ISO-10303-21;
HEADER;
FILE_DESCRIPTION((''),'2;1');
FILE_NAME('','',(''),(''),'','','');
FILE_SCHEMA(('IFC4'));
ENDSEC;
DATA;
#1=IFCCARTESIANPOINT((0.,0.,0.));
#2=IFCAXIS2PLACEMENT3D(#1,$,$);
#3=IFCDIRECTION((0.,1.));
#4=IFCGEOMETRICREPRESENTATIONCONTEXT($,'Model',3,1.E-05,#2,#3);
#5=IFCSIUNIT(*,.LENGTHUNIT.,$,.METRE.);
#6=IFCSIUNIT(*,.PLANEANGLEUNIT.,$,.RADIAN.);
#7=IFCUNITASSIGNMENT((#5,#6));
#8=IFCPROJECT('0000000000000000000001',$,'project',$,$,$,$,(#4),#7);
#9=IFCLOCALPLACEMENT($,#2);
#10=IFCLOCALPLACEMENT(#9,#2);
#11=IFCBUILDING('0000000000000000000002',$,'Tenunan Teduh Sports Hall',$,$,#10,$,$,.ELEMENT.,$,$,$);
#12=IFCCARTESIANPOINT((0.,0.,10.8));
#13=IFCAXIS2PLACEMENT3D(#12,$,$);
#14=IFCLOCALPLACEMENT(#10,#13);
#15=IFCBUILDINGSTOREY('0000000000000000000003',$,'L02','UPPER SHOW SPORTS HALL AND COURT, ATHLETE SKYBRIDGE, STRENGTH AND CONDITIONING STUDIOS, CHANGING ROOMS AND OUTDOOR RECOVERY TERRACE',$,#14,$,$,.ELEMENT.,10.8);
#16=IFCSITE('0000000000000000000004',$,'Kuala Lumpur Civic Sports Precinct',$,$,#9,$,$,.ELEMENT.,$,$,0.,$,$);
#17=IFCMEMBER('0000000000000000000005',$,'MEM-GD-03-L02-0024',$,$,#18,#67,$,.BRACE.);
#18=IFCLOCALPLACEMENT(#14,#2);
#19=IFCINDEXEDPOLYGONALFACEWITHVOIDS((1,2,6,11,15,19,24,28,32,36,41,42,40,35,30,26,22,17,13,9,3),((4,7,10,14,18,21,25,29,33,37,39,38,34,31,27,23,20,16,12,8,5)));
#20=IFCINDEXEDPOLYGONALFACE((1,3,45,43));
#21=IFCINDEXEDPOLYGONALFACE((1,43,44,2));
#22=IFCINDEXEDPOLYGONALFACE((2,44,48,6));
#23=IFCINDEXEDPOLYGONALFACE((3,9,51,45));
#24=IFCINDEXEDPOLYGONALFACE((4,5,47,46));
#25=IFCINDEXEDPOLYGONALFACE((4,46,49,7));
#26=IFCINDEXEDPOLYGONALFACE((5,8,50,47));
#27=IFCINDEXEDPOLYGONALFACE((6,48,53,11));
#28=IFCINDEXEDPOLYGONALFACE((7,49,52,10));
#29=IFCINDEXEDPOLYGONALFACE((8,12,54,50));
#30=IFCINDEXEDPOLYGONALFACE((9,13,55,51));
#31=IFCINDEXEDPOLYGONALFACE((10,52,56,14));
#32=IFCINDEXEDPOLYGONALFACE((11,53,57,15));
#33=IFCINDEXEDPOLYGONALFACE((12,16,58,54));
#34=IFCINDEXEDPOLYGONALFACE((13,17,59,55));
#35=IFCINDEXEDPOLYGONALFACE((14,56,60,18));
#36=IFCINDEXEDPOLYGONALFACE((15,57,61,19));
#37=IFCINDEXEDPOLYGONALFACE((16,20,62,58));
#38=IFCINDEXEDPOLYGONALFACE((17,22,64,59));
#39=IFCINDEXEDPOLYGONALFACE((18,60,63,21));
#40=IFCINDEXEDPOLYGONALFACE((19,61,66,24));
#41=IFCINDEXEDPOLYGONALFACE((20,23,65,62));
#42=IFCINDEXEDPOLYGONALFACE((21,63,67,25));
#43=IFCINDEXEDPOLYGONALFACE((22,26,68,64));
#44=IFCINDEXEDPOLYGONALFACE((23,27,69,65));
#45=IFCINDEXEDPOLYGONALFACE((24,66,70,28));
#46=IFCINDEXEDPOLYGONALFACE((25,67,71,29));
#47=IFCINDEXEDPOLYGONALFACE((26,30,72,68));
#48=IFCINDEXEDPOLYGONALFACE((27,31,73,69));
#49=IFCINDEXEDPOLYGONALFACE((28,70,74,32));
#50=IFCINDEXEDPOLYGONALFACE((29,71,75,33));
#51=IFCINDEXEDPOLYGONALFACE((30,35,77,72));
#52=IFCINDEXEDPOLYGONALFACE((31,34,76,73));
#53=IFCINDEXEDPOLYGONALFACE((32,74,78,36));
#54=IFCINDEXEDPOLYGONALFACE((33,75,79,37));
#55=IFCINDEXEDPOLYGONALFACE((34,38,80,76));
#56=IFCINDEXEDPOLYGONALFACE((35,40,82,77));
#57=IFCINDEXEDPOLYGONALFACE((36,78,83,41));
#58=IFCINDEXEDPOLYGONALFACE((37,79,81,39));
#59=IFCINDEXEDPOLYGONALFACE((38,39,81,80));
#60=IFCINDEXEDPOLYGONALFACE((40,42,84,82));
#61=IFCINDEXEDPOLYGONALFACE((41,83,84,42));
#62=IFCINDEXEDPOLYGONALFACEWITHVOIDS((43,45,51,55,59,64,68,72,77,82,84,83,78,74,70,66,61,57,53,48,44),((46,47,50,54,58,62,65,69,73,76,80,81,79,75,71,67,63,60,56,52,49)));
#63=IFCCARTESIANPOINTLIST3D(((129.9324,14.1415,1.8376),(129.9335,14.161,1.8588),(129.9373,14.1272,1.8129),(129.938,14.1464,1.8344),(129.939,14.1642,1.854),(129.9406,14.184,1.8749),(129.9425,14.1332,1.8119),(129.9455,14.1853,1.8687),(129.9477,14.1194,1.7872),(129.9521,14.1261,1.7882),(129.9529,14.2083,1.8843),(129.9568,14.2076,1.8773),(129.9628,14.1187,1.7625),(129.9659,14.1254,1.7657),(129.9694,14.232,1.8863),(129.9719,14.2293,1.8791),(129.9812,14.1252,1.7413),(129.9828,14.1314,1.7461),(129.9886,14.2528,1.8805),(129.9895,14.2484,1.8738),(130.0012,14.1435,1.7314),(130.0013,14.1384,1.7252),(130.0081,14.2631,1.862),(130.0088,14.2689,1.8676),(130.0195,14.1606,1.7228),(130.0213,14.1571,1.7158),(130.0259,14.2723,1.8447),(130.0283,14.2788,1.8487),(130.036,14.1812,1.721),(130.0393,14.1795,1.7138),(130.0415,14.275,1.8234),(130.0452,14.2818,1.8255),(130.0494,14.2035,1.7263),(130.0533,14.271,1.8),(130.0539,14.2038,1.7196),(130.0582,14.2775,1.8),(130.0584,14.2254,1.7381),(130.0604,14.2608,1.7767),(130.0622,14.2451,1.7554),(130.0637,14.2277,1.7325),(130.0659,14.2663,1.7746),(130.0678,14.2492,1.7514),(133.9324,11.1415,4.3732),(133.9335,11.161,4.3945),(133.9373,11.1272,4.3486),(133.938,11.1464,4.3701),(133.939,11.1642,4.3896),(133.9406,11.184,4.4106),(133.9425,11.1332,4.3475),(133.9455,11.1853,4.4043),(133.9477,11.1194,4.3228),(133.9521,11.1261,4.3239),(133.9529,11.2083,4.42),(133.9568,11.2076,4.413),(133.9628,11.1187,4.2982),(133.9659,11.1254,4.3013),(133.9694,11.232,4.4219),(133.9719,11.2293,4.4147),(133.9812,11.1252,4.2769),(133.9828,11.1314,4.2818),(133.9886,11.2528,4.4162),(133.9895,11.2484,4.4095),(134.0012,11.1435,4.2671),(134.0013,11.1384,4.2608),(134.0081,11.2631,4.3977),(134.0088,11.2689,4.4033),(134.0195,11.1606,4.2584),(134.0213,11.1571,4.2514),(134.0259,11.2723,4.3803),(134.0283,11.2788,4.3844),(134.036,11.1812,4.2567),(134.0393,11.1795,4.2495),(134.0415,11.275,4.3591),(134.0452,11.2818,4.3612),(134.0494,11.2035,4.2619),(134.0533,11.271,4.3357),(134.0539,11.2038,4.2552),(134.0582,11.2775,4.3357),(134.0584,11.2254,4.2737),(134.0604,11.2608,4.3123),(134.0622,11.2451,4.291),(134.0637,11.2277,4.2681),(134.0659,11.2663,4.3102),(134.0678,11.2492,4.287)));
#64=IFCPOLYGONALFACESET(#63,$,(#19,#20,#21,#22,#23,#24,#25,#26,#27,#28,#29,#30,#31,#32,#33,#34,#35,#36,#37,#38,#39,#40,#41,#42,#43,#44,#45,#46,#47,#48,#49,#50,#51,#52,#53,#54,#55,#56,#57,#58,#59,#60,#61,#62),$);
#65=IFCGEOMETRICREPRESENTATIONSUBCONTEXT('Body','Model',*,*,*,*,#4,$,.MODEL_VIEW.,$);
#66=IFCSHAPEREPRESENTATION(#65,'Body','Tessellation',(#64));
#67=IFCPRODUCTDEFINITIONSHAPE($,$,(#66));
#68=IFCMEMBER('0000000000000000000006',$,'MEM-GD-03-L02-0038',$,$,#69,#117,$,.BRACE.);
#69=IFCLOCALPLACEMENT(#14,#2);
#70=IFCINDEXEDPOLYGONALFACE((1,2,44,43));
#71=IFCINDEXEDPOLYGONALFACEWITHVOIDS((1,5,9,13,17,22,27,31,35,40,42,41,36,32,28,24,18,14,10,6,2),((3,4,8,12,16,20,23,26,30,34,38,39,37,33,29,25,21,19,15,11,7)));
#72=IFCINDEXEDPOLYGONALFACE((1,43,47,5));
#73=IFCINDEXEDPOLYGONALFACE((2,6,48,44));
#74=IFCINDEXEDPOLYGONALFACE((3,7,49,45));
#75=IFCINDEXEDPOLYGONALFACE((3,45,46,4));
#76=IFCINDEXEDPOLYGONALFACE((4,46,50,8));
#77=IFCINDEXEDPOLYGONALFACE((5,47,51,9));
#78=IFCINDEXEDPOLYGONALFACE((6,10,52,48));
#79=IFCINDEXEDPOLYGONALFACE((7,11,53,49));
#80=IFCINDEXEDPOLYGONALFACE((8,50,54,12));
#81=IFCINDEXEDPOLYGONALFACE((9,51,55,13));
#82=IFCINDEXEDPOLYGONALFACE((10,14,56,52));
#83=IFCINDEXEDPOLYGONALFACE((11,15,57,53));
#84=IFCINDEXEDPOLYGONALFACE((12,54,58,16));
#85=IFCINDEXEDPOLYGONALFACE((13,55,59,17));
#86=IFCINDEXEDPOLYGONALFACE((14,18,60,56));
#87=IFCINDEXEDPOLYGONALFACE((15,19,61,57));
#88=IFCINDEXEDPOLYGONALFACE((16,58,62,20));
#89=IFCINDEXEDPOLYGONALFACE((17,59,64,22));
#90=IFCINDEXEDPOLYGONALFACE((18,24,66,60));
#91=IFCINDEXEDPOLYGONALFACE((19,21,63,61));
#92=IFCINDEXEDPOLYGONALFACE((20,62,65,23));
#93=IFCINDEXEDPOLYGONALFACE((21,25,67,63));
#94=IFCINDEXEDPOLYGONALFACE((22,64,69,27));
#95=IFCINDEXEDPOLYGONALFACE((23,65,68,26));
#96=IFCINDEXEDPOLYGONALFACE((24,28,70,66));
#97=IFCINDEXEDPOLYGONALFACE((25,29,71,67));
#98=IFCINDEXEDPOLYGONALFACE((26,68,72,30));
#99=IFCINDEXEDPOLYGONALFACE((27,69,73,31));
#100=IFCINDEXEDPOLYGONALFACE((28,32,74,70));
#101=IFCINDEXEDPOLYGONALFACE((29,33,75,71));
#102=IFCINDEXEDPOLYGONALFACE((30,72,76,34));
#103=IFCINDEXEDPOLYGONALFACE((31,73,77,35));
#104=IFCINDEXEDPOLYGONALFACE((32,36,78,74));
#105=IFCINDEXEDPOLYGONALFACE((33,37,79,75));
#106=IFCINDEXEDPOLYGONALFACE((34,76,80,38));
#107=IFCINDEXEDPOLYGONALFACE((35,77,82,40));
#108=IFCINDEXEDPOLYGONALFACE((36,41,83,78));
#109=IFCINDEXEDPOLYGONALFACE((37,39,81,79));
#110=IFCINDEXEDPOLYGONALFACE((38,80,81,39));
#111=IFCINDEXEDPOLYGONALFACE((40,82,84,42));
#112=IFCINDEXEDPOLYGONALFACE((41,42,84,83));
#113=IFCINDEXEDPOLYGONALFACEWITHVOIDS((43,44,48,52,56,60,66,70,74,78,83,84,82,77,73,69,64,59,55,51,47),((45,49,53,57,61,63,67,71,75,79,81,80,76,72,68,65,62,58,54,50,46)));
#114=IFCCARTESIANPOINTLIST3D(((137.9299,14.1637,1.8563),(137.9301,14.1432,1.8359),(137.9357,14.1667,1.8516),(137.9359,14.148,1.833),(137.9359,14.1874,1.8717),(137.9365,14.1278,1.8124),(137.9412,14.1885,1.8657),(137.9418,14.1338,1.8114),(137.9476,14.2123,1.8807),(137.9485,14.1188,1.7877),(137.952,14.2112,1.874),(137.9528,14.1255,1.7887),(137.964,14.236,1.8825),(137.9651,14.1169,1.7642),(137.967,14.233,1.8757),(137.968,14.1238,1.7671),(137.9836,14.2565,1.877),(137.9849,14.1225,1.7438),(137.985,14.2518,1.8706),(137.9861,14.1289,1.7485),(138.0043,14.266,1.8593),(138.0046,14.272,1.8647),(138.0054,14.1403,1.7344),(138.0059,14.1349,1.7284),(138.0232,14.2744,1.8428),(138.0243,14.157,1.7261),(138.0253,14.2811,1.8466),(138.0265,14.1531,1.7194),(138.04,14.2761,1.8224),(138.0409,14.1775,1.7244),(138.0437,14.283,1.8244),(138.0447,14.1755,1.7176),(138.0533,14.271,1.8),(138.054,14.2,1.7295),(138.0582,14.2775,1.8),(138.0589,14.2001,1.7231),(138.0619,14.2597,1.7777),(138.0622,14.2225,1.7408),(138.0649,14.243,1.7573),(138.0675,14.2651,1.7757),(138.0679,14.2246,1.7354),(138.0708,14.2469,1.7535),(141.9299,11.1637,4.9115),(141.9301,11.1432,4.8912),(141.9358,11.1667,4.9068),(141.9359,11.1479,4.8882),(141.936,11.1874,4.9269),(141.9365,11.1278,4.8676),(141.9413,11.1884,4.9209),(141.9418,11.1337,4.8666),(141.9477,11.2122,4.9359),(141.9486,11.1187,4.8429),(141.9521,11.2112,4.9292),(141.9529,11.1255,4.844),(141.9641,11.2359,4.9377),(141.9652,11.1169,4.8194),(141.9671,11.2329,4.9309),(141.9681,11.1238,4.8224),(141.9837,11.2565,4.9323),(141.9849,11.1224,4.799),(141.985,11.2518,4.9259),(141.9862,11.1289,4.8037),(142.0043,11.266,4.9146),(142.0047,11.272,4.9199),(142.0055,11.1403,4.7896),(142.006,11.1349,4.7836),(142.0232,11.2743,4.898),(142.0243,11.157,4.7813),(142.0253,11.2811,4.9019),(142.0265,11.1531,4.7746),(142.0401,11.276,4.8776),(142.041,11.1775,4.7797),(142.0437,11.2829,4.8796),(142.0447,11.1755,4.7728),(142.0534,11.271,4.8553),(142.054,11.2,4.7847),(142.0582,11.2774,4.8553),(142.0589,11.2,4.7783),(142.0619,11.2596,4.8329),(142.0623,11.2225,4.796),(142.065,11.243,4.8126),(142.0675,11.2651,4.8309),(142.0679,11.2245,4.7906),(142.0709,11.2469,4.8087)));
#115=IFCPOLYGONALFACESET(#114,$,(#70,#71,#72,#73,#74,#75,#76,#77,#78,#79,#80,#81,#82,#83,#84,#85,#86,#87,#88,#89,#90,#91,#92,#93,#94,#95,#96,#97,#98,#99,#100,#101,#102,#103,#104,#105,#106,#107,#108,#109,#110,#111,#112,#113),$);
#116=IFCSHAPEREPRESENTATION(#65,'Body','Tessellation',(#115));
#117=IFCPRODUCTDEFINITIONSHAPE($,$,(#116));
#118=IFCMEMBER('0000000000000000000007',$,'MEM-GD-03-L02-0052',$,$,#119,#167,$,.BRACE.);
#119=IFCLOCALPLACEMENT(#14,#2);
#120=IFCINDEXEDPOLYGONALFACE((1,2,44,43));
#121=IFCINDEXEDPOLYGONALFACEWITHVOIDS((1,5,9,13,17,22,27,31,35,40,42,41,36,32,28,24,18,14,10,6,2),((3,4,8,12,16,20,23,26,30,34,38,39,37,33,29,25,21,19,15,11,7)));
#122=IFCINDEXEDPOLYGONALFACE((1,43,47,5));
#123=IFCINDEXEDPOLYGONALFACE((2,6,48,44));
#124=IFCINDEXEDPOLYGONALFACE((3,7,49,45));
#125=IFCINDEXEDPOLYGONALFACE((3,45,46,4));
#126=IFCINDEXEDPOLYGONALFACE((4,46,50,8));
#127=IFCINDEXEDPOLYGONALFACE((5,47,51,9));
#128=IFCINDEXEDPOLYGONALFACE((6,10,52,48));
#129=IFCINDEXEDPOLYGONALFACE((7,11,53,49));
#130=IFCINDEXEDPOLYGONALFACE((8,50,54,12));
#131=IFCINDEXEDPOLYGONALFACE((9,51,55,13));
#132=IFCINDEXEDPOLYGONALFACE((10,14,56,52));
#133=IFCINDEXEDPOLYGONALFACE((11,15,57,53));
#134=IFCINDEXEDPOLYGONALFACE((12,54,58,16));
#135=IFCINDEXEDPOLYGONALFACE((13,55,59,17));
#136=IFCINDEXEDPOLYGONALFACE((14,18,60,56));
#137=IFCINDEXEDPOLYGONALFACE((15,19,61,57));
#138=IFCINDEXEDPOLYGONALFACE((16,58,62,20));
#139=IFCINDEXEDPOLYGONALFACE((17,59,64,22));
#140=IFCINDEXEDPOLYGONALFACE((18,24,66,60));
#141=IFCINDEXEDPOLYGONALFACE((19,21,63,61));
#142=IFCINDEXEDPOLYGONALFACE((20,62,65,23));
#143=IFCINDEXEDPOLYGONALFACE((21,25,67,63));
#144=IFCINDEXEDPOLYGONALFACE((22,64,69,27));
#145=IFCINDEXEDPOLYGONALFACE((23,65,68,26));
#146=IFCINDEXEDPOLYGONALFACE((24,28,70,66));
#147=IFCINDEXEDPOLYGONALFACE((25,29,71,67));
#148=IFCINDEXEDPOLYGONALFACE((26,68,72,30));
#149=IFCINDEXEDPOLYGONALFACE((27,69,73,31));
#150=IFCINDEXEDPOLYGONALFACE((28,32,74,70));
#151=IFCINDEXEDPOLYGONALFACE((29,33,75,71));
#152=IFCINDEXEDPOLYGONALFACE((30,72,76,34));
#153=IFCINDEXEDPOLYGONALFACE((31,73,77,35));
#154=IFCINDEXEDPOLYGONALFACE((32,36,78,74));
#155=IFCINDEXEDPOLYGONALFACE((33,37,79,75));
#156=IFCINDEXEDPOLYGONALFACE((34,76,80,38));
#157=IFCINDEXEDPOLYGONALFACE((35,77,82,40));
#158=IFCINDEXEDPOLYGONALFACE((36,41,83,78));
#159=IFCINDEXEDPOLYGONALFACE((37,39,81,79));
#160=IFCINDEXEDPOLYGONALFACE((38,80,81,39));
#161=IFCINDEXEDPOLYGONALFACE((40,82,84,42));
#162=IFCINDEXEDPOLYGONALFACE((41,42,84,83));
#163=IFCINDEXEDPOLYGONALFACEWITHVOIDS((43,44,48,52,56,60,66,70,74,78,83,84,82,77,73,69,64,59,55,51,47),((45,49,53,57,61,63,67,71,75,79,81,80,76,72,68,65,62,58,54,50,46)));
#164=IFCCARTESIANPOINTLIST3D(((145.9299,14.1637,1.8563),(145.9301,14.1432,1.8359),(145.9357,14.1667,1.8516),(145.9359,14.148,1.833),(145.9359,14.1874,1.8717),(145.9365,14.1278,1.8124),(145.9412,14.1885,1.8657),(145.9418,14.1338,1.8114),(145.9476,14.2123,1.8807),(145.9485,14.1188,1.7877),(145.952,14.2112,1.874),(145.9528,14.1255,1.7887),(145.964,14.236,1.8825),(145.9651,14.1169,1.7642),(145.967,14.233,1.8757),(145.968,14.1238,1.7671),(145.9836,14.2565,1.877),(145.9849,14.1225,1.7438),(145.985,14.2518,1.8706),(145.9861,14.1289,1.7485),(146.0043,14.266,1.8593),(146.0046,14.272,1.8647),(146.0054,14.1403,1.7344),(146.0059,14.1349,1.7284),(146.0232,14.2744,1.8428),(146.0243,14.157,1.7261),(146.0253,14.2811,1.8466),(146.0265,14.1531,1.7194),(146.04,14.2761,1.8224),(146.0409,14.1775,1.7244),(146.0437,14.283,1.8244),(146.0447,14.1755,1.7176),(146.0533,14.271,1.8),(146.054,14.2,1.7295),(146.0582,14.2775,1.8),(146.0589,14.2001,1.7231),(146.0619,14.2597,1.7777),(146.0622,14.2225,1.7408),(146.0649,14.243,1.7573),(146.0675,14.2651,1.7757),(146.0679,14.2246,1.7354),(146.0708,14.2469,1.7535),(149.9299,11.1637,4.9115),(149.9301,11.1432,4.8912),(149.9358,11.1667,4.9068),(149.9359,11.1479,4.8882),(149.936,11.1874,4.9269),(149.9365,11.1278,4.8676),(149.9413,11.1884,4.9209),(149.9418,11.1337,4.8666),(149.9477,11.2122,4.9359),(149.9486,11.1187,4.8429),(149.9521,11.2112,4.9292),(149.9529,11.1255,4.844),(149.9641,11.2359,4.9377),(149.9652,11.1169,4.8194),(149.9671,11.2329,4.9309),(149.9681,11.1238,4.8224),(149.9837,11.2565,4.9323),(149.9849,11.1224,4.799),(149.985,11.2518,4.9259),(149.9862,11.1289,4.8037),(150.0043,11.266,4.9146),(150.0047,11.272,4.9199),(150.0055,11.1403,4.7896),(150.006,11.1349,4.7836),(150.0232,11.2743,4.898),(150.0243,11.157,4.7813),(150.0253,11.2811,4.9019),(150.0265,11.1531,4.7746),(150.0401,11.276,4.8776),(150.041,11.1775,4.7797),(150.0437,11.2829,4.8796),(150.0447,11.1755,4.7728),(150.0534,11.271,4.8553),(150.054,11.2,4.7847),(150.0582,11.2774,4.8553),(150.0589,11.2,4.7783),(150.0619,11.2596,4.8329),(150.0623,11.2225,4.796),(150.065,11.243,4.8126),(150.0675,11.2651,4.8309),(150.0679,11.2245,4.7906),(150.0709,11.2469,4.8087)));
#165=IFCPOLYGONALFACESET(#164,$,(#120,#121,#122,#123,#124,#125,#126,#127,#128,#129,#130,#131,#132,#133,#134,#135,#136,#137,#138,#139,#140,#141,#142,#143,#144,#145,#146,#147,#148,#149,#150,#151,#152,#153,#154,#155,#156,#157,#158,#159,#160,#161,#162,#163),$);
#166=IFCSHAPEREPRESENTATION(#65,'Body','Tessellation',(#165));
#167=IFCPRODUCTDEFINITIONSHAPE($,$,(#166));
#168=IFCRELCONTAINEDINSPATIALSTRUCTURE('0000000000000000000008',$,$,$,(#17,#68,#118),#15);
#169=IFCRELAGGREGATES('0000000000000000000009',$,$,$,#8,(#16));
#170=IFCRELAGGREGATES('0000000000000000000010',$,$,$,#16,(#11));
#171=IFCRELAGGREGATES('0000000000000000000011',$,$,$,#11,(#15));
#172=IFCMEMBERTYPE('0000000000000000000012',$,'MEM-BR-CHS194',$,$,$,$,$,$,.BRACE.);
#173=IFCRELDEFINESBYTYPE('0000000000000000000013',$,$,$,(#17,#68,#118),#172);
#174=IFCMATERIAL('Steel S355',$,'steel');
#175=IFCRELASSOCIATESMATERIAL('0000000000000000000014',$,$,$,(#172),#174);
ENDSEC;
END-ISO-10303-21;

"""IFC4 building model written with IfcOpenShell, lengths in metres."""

from ifc_helpers import new_model, si_unit, direction, frame, origin, origin_2d, place, context, subcontext, project, spatial, hollow_circle, extrude, material, material_profile, profile_set, type_object, element, save


model = new_model("IFC4")

# Units and contexts
model_context = context("Model", 3, precision=1e-05, world=origin(), true_north=direction((0.0, 1.0)))
body_context = subcontext(model_context, "Body", "Model", "MODEL_VIEW")
ifc_project = project(units=[si_unit("LENGTHUNIT", "METRE"), si_unit("PLANEANGLEUNIT", "RADIAN")], contexts=[model_context])

# Site, building, storey
site_placement = place(None, origin())
site = spatial("IfcSite", under=ifc_project, at=site_placement, Name="Kuala Lumpur Civic Sports Precinct", CompositionType="ELEMENT", RefElevation=0.0)
building_placement = place(site_placement, origin())
building = spatial("IfcBuilding", under=site, at=building_placement, Name="Tenunan Teduh Sports Hall", CompositionType="ELEMENT")
storey_placement = place(building_placement, frame((0.0, 0.0, 10.8)))
storey = spatial("IfcBuildingStorey", under=building, at=storey_placement, Name="L02", Description="UPPER SHOW SPORTS HALL AND COURT, ATHLETE SKYBRIDGE, STRENGTH AND CONDITIONING STUDIOS, CHANGING ROOMS AND OUTDOOR RECOVERY TERRACE", CompositionType="ELEMENT", Elevation=10.8)

# Members
ifc_material_1 = material(Name="Steel S355", Category="steel")
ifc_material_profile_1 = material_profile(ifc_material_1, hollow_circle(Radius=0.0969, WallThickness=0.0081, at=origin_2d()), Name="CHS 193.7x8.0")
ifc_profile_set_1 = profile_set([ifc_material_profile_1], Name="Steel S355")
member_type_1 = type_object("IfcMemberType", Name="MEM-BR-CHS194", PredefinedType="BRACE", material=ifc_profile_set_1)
member_1_placement = place(storey_placement, frame((130.0, 14.2, 1.8), z_axis=(0.713496, -0.535122, 0.452293), x_axis=(0.6, 0.8, 0.0)))
element("IfcMember", 1, at=member_1_placement, inside=storey, type_object=member_type_1, Name="MEM-GD-03-L02-0024", PredefinedType="BRACE", context=body_context, shape_type="SweptSolid", body=[
    extrude(hollow_circle(Radius=0.0969, WallThickness=0.0081, at=origin_2d()), origin(), (0.0, 0.0, 1.0), 5.6062),
])
for number, where, z_axis, x_axis, name in (
    (2, (138.0, 14.2, 1.8), (0.682649, -0.511986, 0.521403), (0.6, 0.8, 0.0), "MEM-GD-03-L02-0038"),
    (3, (146.0, 14.2, 1.8), (0.682649, -0.511986, 0.521403), (0.6, 0.8, 0.0), "MEM-GD-03-L02-0052"),
):
    element("IfcMember", number, at=place(storey_placement, frame(where, z_axis=z_axis, x_axis=x_axis)), inside=storey, type_object=member_type_1, Name=name, PredefinedType="BRACE", context=body_context, shape_type="SweptSolid", body=[
        extrude(hollow_circle(Radius=0.0969, WallThickness=0.0081, at=origin_2d()), origin(), (0.0, 0.0, 1.0), 5.8596),
    ])

save(model, "model.ifc")
